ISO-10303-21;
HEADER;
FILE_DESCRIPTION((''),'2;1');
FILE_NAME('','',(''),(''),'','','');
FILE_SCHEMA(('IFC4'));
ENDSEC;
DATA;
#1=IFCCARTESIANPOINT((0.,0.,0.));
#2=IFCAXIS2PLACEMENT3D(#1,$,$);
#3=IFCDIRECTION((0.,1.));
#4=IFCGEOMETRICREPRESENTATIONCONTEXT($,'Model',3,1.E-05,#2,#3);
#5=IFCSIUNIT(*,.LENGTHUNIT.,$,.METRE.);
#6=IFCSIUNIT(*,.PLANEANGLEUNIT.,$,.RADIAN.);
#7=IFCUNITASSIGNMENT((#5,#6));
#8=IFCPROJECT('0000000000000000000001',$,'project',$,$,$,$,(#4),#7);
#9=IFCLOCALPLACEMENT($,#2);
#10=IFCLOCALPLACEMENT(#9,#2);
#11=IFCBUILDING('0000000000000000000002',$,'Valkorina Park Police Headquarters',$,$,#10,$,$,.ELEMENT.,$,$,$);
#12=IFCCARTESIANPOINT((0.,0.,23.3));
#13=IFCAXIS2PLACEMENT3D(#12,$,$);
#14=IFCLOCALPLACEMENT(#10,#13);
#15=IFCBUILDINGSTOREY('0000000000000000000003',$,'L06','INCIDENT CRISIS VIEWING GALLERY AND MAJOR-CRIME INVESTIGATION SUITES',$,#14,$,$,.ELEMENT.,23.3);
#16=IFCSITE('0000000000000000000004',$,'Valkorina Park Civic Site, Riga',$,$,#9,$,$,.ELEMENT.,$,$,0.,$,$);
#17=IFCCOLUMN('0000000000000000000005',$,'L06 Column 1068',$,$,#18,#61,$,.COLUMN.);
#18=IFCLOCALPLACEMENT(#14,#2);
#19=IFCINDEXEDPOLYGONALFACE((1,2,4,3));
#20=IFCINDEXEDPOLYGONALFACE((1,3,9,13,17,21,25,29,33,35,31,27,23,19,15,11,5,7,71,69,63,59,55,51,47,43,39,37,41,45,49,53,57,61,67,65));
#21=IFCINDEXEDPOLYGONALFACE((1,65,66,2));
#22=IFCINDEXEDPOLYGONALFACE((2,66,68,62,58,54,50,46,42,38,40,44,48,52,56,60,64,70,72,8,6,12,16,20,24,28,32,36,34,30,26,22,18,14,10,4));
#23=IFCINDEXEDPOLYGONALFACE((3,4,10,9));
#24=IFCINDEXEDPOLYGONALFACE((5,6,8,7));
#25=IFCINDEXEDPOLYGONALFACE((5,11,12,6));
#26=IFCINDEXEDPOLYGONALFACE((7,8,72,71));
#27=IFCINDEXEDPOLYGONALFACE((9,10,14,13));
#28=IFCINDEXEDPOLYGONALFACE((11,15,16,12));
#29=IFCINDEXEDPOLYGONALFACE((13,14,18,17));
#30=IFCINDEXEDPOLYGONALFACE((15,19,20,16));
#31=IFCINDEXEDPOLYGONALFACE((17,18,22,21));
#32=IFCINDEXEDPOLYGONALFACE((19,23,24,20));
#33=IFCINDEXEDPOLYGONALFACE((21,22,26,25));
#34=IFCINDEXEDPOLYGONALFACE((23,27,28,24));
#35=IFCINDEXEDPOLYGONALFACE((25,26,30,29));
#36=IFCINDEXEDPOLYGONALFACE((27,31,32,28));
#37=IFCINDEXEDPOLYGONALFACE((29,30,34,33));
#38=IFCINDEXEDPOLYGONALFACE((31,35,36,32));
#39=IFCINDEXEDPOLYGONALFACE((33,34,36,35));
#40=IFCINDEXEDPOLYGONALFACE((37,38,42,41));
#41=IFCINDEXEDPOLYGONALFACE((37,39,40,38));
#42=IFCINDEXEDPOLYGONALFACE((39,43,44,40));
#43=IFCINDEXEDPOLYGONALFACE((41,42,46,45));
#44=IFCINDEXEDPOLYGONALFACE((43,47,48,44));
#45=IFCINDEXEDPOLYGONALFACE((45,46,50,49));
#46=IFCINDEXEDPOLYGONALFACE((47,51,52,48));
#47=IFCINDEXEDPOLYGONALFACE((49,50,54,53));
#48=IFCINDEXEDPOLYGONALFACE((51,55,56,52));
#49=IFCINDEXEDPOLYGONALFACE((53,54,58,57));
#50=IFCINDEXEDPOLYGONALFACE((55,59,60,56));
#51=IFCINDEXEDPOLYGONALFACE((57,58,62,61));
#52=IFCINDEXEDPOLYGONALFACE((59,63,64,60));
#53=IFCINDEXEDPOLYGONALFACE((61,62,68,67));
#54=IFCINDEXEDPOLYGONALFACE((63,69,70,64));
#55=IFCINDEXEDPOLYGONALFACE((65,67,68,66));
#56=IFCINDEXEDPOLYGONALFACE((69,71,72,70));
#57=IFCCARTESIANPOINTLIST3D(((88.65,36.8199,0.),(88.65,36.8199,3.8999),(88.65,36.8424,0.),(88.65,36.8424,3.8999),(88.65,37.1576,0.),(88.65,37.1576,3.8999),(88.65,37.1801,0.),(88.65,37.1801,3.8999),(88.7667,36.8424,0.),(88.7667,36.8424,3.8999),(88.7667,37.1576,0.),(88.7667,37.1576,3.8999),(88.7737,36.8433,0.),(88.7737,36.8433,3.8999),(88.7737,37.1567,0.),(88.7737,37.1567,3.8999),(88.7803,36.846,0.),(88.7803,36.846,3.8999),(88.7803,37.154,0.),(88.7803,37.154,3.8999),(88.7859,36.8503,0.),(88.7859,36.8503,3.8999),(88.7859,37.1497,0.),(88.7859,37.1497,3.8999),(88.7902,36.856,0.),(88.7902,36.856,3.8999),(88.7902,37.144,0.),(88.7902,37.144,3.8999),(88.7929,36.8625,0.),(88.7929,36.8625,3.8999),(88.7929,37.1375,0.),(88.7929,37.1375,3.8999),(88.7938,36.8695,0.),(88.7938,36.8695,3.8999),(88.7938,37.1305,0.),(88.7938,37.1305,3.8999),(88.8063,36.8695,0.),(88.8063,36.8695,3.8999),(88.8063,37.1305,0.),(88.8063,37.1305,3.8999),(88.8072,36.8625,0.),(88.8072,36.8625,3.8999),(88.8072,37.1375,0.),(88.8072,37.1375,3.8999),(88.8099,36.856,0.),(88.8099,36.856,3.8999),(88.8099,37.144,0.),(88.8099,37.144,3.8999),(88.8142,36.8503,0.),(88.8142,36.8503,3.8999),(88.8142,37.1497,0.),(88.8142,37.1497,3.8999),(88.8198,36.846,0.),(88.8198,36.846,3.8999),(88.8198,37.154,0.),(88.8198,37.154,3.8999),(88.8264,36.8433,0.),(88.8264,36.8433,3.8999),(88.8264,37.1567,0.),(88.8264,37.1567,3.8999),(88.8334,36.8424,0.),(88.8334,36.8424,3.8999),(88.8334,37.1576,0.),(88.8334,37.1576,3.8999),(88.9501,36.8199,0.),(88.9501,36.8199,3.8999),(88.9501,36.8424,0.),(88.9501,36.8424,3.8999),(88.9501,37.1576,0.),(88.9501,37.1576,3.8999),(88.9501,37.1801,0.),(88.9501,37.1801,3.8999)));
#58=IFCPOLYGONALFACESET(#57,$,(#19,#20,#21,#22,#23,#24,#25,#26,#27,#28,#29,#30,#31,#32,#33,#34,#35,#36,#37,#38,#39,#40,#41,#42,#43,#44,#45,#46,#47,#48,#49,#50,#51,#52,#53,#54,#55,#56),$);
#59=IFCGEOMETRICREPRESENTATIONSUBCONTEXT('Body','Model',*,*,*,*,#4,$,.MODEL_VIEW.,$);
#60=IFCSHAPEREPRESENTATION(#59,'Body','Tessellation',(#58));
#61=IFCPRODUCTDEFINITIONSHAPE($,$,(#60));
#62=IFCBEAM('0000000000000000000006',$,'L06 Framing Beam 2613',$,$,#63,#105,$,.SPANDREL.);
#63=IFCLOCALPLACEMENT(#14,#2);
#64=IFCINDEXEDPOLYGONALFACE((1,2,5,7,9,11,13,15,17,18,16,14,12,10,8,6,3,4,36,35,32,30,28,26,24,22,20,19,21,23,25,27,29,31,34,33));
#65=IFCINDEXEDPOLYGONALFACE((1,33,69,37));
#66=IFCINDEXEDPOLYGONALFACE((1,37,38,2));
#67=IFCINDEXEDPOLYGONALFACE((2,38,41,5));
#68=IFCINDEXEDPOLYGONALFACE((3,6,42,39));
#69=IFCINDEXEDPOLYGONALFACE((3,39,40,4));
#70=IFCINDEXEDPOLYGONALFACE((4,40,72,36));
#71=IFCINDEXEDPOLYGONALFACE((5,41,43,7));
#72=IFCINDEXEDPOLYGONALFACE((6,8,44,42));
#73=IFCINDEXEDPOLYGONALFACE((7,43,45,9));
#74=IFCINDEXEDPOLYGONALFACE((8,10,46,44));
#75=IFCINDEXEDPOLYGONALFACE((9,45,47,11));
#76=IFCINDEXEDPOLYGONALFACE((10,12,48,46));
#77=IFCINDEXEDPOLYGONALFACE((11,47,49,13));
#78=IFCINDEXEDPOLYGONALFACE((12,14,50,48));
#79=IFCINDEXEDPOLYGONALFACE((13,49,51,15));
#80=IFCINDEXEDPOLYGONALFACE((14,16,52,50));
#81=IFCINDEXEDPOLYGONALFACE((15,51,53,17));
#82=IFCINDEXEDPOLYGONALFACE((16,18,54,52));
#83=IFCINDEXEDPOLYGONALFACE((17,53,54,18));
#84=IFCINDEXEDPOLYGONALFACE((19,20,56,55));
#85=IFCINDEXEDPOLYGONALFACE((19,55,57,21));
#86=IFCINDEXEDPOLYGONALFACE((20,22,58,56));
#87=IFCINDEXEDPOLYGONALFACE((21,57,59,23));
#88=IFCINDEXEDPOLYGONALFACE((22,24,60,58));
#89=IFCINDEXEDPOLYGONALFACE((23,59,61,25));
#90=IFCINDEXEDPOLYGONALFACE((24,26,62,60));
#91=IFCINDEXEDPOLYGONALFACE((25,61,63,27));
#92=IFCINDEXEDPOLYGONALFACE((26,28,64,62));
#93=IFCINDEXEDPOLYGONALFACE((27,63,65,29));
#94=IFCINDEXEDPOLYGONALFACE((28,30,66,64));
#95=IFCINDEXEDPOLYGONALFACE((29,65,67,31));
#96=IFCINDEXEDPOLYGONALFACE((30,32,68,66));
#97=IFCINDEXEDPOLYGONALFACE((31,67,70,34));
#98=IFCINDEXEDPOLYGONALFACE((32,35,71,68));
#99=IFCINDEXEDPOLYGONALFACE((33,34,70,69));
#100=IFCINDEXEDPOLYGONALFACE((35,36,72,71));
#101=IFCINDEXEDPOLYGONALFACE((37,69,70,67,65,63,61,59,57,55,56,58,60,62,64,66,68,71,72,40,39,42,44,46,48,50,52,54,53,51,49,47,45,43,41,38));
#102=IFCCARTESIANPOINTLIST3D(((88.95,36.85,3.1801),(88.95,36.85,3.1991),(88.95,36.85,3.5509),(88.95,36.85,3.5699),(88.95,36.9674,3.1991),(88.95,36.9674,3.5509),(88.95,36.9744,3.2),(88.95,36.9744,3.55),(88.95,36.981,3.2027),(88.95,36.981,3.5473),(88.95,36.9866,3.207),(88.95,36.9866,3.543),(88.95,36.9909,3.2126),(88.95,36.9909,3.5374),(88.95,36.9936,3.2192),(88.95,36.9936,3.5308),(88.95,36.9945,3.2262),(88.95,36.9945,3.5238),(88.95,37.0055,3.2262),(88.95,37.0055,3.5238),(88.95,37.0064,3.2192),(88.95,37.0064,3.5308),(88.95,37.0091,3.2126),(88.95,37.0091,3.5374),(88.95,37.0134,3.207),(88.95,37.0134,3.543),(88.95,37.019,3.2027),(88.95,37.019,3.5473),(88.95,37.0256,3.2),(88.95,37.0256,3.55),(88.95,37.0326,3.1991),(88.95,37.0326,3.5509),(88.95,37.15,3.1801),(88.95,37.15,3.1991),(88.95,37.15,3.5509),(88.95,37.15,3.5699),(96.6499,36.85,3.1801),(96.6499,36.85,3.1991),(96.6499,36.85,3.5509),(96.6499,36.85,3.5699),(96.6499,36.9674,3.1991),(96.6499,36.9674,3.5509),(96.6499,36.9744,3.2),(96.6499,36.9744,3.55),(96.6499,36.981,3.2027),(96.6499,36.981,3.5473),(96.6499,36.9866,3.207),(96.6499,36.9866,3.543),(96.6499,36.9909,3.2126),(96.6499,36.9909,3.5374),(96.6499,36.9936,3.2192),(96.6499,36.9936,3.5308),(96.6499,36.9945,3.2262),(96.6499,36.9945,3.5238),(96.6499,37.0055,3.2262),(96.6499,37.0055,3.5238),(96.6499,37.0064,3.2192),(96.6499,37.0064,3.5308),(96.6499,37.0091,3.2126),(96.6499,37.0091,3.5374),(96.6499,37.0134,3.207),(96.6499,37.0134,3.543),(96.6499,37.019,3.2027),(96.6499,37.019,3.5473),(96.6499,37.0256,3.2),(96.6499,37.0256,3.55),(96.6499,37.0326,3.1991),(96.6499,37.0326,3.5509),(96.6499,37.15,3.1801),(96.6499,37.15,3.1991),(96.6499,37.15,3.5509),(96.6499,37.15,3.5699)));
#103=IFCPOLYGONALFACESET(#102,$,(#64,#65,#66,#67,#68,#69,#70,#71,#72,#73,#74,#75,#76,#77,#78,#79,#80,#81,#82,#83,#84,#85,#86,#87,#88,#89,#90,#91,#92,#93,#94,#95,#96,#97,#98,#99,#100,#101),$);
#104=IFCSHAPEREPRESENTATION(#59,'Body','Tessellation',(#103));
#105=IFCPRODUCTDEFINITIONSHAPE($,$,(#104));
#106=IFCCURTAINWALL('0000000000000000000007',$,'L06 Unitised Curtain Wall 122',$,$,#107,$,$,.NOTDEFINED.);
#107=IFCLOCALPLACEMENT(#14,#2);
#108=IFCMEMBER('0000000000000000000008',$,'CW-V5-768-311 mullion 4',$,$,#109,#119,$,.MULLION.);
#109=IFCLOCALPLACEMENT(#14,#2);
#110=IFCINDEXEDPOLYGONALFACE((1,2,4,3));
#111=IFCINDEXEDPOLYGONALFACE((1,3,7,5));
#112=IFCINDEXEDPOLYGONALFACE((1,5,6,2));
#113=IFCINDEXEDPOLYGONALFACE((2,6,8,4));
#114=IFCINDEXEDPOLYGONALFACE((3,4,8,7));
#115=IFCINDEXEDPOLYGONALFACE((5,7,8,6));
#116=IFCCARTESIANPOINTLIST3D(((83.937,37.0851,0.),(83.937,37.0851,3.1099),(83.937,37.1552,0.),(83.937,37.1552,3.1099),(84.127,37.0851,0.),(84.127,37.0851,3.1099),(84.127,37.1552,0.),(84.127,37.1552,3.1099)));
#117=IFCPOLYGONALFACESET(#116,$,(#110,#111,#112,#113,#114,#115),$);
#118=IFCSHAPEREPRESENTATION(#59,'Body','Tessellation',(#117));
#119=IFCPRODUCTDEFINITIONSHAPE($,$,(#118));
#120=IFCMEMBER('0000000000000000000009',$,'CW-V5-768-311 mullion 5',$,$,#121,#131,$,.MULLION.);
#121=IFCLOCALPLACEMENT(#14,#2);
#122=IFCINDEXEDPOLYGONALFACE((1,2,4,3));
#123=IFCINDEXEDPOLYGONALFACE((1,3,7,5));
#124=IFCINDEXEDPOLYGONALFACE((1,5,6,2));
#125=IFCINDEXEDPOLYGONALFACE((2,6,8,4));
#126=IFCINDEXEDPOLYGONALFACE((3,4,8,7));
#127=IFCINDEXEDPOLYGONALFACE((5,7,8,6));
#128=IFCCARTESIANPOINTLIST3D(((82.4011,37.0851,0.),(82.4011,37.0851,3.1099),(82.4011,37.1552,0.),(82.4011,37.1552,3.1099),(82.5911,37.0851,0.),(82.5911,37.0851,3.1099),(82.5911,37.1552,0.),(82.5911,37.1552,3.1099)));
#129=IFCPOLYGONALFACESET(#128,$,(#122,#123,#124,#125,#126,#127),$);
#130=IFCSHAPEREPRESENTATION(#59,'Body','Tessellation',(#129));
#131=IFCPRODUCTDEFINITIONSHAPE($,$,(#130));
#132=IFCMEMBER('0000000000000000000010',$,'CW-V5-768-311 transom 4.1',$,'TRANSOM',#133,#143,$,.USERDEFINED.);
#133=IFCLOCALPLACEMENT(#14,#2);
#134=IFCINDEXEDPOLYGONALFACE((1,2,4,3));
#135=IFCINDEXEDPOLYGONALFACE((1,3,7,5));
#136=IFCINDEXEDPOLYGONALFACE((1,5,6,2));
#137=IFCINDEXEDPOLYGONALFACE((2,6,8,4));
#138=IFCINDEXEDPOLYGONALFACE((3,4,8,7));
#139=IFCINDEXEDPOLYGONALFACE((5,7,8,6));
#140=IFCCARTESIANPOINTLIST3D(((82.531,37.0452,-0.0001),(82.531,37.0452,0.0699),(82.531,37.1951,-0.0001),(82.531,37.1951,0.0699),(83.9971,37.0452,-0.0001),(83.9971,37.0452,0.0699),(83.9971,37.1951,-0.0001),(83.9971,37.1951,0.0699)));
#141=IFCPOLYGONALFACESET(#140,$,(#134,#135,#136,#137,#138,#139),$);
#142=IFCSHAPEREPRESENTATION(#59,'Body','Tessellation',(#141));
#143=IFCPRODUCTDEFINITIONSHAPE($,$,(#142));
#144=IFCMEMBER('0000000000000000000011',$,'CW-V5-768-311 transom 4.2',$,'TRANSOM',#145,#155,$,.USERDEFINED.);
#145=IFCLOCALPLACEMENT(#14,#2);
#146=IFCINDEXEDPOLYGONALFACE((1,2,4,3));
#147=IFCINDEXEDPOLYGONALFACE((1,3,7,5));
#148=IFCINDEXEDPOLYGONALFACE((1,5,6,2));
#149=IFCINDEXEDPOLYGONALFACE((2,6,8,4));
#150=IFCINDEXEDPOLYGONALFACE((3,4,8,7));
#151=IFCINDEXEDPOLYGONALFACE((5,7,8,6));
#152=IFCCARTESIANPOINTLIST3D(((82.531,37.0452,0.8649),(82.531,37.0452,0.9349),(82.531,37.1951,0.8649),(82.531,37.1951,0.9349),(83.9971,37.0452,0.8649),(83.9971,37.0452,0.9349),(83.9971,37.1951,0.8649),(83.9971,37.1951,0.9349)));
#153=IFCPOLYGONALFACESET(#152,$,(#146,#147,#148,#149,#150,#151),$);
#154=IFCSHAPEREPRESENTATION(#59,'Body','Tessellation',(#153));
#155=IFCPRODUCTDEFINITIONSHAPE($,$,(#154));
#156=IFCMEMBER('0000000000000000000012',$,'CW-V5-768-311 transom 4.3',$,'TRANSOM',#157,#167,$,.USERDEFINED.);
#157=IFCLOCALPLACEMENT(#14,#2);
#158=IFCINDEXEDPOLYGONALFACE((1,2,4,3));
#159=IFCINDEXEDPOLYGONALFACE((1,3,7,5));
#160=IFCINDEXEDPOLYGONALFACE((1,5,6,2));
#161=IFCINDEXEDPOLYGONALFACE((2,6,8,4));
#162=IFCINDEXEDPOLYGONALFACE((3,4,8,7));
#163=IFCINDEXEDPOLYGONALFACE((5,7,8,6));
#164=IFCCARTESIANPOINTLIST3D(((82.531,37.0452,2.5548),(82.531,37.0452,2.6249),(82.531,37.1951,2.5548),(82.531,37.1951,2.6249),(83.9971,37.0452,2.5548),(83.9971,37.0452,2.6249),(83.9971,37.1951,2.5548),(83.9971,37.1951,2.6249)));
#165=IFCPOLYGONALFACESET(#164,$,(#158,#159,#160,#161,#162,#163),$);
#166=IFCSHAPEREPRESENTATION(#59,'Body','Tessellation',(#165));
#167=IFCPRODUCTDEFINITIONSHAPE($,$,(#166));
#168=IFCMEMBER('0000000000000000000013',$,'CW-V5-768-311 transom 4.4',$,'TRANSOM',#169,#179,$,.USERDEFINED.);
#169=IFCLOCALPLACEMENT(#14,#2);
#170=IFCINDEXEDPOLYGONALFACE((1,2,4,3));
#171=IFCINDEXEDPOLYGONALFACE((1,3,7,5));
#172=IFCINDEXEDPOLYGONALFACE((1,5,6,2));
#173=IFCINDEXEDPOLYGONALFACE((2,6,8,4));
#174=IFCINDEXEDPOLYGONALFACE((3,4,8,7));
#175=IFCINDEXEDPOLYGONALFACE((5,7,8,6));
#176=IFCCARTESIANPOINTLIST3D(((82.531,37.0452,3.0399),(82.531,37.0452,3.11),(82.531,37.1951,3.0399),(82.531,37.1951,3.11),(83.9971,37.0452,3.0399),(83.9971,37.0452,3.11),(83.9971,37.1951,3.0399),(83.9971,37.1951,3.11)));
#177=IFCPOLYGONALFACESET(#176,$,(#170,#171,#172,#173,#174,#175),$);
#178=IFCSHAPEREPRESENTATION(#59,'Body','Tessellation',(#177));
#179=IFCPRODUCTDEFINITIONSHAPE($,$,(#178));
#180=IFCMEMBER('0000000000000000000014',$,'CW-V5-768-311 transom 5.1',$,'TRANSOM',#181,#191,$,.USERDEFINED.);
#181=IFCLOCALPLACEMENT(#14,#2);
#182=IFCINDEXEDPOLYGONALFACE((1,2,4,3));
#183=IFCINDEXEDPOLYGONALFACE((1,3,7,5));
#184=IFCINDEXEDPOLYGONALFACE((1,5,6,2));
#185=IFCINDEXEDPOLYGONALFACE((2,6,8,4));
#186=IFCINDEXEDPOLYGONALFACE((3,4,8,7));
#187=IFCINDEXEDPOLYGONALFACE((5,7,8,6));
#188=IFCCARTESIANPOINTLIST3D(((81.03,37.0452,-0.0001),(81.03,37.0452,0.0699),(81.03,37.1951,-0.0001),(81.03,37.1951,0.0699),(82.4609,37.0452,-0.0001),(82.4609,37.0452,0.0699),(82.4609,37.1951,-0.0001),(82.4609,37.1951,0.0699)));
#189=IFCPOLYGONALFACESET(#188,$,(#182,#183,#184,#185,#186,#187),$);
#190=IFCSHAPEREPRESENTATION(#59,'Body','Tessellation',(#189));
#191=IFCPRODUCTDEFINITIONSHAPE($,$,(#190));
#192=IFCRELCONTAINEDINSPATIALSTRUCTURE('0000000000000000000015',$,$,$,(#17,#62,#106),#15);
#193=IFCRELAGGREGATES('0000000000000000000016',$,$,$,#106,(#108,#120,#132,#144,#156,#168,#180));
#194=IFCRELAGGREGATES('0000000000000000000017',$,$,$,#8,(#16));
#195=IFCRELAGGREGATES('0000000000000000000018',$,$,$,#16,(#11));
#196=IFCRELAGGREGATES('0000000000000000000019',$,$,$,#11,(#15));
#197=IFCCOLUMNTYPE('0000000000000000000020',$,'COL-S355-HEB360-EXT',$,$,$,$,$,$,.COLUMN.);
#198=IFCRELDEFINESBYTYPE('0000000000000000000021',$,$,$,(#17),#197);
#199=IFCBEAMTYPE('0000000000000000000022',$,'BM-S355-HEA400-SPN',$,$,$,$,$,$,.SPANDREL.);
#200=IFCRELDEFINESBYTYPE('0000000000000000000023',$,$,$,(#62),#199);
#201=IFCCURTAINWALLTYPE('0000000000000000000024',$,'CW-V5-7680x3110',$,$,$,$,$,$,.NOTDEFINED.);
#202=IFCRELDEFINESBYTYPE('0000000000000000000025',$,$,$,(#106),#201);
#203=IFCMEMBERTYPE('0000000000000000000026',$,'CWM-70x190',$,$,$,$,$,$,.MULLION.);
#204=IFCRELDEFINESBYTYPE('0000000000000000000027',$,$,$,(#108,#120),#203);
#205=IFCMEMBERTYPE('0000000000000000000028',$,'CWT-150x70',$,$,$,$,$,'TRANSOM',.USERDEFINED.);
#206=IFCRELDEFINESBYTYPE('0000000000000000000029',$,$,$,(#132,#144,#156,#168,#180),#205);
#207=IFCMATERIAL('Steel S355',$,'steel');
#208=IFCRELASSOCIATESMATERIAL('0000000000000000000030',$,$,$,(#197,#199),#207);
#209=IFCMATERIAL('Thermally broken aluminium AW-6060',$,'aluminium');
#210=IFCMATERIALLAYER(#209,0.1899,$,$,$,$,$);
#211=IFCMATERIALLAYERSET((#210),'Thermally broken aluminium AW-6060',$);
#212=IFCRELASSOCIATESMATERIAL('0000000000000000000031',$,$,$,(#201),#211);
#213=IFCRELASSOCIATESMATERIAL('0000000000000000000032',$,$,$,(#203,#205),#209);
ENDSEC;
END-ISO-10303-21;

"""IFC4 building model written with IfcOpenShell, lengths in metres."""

from ifc_helpers import new_model, si_unit, direction, frame, origin, origin_2d, place, context, subcontext, project, spatial, rectangle, i_section, extrude, material, layer, layer_set, material_profile, profile_set, type_object, element, aggregate, save


model = new_model("IFC4")

# Units and contexts
model_context = context("Model", 3, precision=1e-05, world=origin(), true_north=direction((0.0, 1.0)))
body_context = subcontext(model_context, "Body", "Model", "MODEL_VIEW")
ifc_project = project(units=[si_unit("LENGTHUNIT", "METRE"), si_unit("PLANEANGLEUNIT", "RADIAN")], contexts=[model_context])

# Site, building, storey
site_placement = place(None, origin())
site = spatial("IfcSite", under=ifc_project, at=site_placement, Name="Valkorina Park Civic Site, Riga", CompositionType="ELEMENT", RefElevation=0.0)
building_placement = place(site_placement, origin())
building = spatial("IfcBuilding", under=site, at=building_placement, Name="Valkorina Park Police Headquarters", CompositionType="ELEMENT")
storey_placement = place(building_placement, frame((0.0, 0.0, 23.3)))
storey = spatial("IfcBuildingStorey", under=building, at=storey_placement, Name="L06", Description="INCIDENT CRISIS VIEWING GALLERY AND MAJOR-CRIME INVESTIGATION SUITES", CompositionType="ELEMENT", Elevation=23.3)

# Column
ifc_material_1 = material(Name="Steel S355", Category="steel")
ifc_material_profile_1 = material_profile(ifc_material_1, i_section(OverallWidth=0.3, OverallDepth=0.3601, WebThickness=0.0125, FlangeThickness=0.0225, FilletRadius=0.0271, at=origin_2d()), Name="HEB 360")
ifc_profile_set_1 = profile_set([ifc_material_profile_1], Name="Steel S355")
column_type = type_object("IfcColumnType", Name="COL-S355-HEB360-EXT", PredefinedType="COLUMN", material=ifc_profile_set_1)
column_placement = place(storey_placement, frame((88.8, 37.0, 0.0), z_axis=(0.0, 0.0, 1.0), x_axis=(1.0, 0.0, 0.0)))
element("IfcColumn", 1, at=column_placement, inside=storey, type_object=column_type, Name="L06 Column 1068", PredefinedType="COLUMN", context=body_context, shape_type="SweptSolid", body=[
    extrude(i_section(OverallWidth=0.3, OverallDepth=0.3601, WebThickness=0.0125, FlangeThickness=0.0225, FilletRadius=0.0271, at=origin_2d()), origin(), (0.0, 0.0, 1.0), 3.8999),
])

# Beam
ifc_material_profile_2 = material_profile(ifc_material_1, i_section(OverallWidth=0.3, OverallDepth=0.3899, WebThickness=0.011, FlangeThickness=0.019, FilletRadius=0.0271, at=origin_2d()), Name="HEA 400")
ifc_profile_set_2 = profile_set([ifc_material_profile_2], Name="Steel S355")
beam_type = type_object("IfcBeamType", Name="BM-S355-HEA400-SPN", PredefinedType="SPANDREL", material=ifc_profile_set_2)
beam_placement = place(storey_placement, frame((88.95, 37.0, 3.375), z_axis=(1.0, 0.0, 0.0), x_axis=(0.0, 1.0, 0.0)))
element("IfcBeam", 2, at=beam_placement, inside=storey, type_object=beam_type, Name="L06 Framing Beam 2613", PredefinedType="SPANDREL", context=body_context, shape_type="SweptSolid", body=[
    extrude(i_section(OverallWidth=0.3, OverallDepth=0.3899, WebThickness=0.011, FlangeThickness=0.019, FilletRadius=0.0271, at=origin_2d()), origin(), (0.0, 0.0, 1.0), 7.7),
])

# Curtain wall, members
ifc_material_2 = material(Name="Thermally broken aluminium AW-6060", Category="aluminium")
ifc_layer_1 = layer(ifc_material_2, 0.1899)
ifc_layer_set_1 = layer_set([ifc_layer_1], Name="Thermally broken aluminium AW-6060")
curtain_wall_type = type_object("IfcCurtainWallType", Name="CW-V5-7680x3110", PredefinedType="NOTDEFINED", material=ifc_layer_set_1)
curtain_wall_placement = place(storey_placement, origin())
curtain_wall = element("IfcCurtainWall", 3, at=curtain_wall_placement, inside=storey, type_object=curtain_wall_type, Name="L06 Unitised Curtain Wall 122", PredefinedType="NOTDEFINED")
ifc_material_profile_3 = material_profile(ifc_material_2, rectangle(XDim=0.0701, YDim=0.1899, at=origin_2d()), Name="CWM-02 70x190")
ifc_profile_set_3 = profile_set([ifc_material_profile_3], Name="Thermally broken aluminium AW-6060")
member_type_1 = type_object("IfcMemberType", Name="CWM-70x190", PredefinedType="MULLION", material=ifc_profile_set_3)
member_1_placement = place(storey_placement, frame((84.032, 37.1201, 0.0), z_axis=(0.0, 0.0, 1.0), x_axis=(0.0, -1.0, 0.0)))
member_1 = element("IfcMember", 4, at=member_1_placement, type_object=member_type_1, Name="CW-V5-768-311 mullion 4", PredefinedType="MULLION", context=body_context, shape_type="SweptSolid", body=[
    extrude(rectangle(XDim=0.0701, YDim=0.1899, at=origin_2d()), origin(), (0.0, 0.0, 1.0), 3.1099),
])
member_2_placement = place(storey_placement, frame((82.4961, 37.1201, 0.0), z_axis=(0.0, 0.0, 1.0), x_axis=(0.0, -1.0, 0.0)))
member_2 = element("IfcMember", 5, at=member_2_placement, type_object=member_type_1, Name="CW-V5-768-311 mullion 5", PredefinedType="MULLION", context=body_context, shape_type="SweptSolid", body=[
    extrude(rectangle(XDim=0.0701, YDim=0.1899, at=origin_2d()), origin(), (0.0, 0.0, 1.0), 3.1099),
])
ifc_material_profile_4 = material_profile(ifc_material_2, rectangle(XDim=0.1499, YDim=0.0701, at=origin_2d()), Name="CWT-02 150x70")
ifc_profile_set_4 = profile_set([ifc_material_profile_4], Name="Thermally broken aluminium AW-6060")
member_type_2 = type_object("IfcMemberType", Name="CWT-150x70", ElementType="TRANSOM", PredefinedType="USERDEFINED", material=ifc_profile_set_4)
member_3_placement = place(storey_placement, frame((83.9971, 37.1201, 0.0349), z_axis=(-1.0, 0.0, 0.0), x_axis=(0.0, -1.0, 0.0)))
member_3 = element("IfcMember", 6, at=member_3_placement, type_object=member_type_2, Name="CW-V5-768-311 transom 4.1", ObjectType="TRANSOM", PredefinedType="USERDEFINED", context=body_context, shape_type="SweptSolid", body=[
    extrude(rectangle(XDim=0.1499, YDim=0.0701, at=origin_2d()), origin(), (0.0, 0.0, 1.0), 1.4661),
])
member_4_placement = place(storey_placement, frame((83.9971, 37.1201, 0.8999), z_axis=(-1.0, 0.0, 0.0), x_axis=(0.0, -1.0, 0.0)))
member_4 = element("IfcMember", 7, at=member_4_placement, type_object=member_type_2, Name="CW-V5-768-311 transom 4.2", ObjectType="TRANSOM", PredefinedType="USERDEFINED", context=body_context, shape_type="SweptSolid", body=[
    extrude(rectangle(XDim=0.1499, YDim=0.0701, at=origin_2d()), origin(), (0.0, 0.0, 1.0), 1.4661),
])
member_5_placement = place(storey_placement, frame((83.9971, 37.1201, 2.5898), z_axis=(-1.0, 0.0, 0.0), x_axis=(0.0, -1.0, 0.0)))
member_5 = element("IfcMember", 8, at=member_5_placement, type_object=member_type_2, Name="CW-V5-768-311 transom 4.3", ObjectType="TRANSOM", PredefinedType="USERDEFINED", context=body_context, shape_type="SweptSolid", body=[
    extrude(rectangle(XDim=0.1499, YDim=0.0701, at=origin_2d()), origin(), (0.0, 0.0, 1.0), 1.4661),
])
member_6_placement = place(storey_placement, frame((83.9971, 37.1201, 3.075), z_axis=(-1.0, 0.0, 0.0), x_axis=(0.0, -1.0, 0.0)))
member_6 = element("IfcMember", 9, at=member_6_placement, type_object=member_type_2, Name="CW-V5-768-311 transom 4.4", ObjectType="TRANSOM", PredefinedType="USERDEFINED", context=body_context, shape_type="SweptSolid", body=[
    extrude(rectangle(XDim=0.1499, YDim=0.0701, at=origin_2d()), origin(), (0.0, 0.0, 1.0), 1.4661),
])
member_7_placement = place(storey_placement, frame((82.4609, 37.1201, 0.0349), z_axis=(-1.0, 0.0, 0.0), x_axis=(0.0, -1.0, 0.0)))
member_7 = element("IfcMember", 10, at=member_7_placement, type_object=member_type_2, Name="CW-V5-768-311 transom 5.1", ObjectType="TRANSOM", PredefinedType="USERDEFINED", context=body_context, shape_type="SweptSolid", body=[
    extrude(rectangle(XDim=0.1499, YDim=0.0701, at=origin_2d()), origin(), (0.0, 0.0, 1.0), 1.4309),
])
aggregate(curtain_wall, [member_1, member_2, member_3, member_4, member_5, member_6, member_7])

save(model, "model.ifc")
